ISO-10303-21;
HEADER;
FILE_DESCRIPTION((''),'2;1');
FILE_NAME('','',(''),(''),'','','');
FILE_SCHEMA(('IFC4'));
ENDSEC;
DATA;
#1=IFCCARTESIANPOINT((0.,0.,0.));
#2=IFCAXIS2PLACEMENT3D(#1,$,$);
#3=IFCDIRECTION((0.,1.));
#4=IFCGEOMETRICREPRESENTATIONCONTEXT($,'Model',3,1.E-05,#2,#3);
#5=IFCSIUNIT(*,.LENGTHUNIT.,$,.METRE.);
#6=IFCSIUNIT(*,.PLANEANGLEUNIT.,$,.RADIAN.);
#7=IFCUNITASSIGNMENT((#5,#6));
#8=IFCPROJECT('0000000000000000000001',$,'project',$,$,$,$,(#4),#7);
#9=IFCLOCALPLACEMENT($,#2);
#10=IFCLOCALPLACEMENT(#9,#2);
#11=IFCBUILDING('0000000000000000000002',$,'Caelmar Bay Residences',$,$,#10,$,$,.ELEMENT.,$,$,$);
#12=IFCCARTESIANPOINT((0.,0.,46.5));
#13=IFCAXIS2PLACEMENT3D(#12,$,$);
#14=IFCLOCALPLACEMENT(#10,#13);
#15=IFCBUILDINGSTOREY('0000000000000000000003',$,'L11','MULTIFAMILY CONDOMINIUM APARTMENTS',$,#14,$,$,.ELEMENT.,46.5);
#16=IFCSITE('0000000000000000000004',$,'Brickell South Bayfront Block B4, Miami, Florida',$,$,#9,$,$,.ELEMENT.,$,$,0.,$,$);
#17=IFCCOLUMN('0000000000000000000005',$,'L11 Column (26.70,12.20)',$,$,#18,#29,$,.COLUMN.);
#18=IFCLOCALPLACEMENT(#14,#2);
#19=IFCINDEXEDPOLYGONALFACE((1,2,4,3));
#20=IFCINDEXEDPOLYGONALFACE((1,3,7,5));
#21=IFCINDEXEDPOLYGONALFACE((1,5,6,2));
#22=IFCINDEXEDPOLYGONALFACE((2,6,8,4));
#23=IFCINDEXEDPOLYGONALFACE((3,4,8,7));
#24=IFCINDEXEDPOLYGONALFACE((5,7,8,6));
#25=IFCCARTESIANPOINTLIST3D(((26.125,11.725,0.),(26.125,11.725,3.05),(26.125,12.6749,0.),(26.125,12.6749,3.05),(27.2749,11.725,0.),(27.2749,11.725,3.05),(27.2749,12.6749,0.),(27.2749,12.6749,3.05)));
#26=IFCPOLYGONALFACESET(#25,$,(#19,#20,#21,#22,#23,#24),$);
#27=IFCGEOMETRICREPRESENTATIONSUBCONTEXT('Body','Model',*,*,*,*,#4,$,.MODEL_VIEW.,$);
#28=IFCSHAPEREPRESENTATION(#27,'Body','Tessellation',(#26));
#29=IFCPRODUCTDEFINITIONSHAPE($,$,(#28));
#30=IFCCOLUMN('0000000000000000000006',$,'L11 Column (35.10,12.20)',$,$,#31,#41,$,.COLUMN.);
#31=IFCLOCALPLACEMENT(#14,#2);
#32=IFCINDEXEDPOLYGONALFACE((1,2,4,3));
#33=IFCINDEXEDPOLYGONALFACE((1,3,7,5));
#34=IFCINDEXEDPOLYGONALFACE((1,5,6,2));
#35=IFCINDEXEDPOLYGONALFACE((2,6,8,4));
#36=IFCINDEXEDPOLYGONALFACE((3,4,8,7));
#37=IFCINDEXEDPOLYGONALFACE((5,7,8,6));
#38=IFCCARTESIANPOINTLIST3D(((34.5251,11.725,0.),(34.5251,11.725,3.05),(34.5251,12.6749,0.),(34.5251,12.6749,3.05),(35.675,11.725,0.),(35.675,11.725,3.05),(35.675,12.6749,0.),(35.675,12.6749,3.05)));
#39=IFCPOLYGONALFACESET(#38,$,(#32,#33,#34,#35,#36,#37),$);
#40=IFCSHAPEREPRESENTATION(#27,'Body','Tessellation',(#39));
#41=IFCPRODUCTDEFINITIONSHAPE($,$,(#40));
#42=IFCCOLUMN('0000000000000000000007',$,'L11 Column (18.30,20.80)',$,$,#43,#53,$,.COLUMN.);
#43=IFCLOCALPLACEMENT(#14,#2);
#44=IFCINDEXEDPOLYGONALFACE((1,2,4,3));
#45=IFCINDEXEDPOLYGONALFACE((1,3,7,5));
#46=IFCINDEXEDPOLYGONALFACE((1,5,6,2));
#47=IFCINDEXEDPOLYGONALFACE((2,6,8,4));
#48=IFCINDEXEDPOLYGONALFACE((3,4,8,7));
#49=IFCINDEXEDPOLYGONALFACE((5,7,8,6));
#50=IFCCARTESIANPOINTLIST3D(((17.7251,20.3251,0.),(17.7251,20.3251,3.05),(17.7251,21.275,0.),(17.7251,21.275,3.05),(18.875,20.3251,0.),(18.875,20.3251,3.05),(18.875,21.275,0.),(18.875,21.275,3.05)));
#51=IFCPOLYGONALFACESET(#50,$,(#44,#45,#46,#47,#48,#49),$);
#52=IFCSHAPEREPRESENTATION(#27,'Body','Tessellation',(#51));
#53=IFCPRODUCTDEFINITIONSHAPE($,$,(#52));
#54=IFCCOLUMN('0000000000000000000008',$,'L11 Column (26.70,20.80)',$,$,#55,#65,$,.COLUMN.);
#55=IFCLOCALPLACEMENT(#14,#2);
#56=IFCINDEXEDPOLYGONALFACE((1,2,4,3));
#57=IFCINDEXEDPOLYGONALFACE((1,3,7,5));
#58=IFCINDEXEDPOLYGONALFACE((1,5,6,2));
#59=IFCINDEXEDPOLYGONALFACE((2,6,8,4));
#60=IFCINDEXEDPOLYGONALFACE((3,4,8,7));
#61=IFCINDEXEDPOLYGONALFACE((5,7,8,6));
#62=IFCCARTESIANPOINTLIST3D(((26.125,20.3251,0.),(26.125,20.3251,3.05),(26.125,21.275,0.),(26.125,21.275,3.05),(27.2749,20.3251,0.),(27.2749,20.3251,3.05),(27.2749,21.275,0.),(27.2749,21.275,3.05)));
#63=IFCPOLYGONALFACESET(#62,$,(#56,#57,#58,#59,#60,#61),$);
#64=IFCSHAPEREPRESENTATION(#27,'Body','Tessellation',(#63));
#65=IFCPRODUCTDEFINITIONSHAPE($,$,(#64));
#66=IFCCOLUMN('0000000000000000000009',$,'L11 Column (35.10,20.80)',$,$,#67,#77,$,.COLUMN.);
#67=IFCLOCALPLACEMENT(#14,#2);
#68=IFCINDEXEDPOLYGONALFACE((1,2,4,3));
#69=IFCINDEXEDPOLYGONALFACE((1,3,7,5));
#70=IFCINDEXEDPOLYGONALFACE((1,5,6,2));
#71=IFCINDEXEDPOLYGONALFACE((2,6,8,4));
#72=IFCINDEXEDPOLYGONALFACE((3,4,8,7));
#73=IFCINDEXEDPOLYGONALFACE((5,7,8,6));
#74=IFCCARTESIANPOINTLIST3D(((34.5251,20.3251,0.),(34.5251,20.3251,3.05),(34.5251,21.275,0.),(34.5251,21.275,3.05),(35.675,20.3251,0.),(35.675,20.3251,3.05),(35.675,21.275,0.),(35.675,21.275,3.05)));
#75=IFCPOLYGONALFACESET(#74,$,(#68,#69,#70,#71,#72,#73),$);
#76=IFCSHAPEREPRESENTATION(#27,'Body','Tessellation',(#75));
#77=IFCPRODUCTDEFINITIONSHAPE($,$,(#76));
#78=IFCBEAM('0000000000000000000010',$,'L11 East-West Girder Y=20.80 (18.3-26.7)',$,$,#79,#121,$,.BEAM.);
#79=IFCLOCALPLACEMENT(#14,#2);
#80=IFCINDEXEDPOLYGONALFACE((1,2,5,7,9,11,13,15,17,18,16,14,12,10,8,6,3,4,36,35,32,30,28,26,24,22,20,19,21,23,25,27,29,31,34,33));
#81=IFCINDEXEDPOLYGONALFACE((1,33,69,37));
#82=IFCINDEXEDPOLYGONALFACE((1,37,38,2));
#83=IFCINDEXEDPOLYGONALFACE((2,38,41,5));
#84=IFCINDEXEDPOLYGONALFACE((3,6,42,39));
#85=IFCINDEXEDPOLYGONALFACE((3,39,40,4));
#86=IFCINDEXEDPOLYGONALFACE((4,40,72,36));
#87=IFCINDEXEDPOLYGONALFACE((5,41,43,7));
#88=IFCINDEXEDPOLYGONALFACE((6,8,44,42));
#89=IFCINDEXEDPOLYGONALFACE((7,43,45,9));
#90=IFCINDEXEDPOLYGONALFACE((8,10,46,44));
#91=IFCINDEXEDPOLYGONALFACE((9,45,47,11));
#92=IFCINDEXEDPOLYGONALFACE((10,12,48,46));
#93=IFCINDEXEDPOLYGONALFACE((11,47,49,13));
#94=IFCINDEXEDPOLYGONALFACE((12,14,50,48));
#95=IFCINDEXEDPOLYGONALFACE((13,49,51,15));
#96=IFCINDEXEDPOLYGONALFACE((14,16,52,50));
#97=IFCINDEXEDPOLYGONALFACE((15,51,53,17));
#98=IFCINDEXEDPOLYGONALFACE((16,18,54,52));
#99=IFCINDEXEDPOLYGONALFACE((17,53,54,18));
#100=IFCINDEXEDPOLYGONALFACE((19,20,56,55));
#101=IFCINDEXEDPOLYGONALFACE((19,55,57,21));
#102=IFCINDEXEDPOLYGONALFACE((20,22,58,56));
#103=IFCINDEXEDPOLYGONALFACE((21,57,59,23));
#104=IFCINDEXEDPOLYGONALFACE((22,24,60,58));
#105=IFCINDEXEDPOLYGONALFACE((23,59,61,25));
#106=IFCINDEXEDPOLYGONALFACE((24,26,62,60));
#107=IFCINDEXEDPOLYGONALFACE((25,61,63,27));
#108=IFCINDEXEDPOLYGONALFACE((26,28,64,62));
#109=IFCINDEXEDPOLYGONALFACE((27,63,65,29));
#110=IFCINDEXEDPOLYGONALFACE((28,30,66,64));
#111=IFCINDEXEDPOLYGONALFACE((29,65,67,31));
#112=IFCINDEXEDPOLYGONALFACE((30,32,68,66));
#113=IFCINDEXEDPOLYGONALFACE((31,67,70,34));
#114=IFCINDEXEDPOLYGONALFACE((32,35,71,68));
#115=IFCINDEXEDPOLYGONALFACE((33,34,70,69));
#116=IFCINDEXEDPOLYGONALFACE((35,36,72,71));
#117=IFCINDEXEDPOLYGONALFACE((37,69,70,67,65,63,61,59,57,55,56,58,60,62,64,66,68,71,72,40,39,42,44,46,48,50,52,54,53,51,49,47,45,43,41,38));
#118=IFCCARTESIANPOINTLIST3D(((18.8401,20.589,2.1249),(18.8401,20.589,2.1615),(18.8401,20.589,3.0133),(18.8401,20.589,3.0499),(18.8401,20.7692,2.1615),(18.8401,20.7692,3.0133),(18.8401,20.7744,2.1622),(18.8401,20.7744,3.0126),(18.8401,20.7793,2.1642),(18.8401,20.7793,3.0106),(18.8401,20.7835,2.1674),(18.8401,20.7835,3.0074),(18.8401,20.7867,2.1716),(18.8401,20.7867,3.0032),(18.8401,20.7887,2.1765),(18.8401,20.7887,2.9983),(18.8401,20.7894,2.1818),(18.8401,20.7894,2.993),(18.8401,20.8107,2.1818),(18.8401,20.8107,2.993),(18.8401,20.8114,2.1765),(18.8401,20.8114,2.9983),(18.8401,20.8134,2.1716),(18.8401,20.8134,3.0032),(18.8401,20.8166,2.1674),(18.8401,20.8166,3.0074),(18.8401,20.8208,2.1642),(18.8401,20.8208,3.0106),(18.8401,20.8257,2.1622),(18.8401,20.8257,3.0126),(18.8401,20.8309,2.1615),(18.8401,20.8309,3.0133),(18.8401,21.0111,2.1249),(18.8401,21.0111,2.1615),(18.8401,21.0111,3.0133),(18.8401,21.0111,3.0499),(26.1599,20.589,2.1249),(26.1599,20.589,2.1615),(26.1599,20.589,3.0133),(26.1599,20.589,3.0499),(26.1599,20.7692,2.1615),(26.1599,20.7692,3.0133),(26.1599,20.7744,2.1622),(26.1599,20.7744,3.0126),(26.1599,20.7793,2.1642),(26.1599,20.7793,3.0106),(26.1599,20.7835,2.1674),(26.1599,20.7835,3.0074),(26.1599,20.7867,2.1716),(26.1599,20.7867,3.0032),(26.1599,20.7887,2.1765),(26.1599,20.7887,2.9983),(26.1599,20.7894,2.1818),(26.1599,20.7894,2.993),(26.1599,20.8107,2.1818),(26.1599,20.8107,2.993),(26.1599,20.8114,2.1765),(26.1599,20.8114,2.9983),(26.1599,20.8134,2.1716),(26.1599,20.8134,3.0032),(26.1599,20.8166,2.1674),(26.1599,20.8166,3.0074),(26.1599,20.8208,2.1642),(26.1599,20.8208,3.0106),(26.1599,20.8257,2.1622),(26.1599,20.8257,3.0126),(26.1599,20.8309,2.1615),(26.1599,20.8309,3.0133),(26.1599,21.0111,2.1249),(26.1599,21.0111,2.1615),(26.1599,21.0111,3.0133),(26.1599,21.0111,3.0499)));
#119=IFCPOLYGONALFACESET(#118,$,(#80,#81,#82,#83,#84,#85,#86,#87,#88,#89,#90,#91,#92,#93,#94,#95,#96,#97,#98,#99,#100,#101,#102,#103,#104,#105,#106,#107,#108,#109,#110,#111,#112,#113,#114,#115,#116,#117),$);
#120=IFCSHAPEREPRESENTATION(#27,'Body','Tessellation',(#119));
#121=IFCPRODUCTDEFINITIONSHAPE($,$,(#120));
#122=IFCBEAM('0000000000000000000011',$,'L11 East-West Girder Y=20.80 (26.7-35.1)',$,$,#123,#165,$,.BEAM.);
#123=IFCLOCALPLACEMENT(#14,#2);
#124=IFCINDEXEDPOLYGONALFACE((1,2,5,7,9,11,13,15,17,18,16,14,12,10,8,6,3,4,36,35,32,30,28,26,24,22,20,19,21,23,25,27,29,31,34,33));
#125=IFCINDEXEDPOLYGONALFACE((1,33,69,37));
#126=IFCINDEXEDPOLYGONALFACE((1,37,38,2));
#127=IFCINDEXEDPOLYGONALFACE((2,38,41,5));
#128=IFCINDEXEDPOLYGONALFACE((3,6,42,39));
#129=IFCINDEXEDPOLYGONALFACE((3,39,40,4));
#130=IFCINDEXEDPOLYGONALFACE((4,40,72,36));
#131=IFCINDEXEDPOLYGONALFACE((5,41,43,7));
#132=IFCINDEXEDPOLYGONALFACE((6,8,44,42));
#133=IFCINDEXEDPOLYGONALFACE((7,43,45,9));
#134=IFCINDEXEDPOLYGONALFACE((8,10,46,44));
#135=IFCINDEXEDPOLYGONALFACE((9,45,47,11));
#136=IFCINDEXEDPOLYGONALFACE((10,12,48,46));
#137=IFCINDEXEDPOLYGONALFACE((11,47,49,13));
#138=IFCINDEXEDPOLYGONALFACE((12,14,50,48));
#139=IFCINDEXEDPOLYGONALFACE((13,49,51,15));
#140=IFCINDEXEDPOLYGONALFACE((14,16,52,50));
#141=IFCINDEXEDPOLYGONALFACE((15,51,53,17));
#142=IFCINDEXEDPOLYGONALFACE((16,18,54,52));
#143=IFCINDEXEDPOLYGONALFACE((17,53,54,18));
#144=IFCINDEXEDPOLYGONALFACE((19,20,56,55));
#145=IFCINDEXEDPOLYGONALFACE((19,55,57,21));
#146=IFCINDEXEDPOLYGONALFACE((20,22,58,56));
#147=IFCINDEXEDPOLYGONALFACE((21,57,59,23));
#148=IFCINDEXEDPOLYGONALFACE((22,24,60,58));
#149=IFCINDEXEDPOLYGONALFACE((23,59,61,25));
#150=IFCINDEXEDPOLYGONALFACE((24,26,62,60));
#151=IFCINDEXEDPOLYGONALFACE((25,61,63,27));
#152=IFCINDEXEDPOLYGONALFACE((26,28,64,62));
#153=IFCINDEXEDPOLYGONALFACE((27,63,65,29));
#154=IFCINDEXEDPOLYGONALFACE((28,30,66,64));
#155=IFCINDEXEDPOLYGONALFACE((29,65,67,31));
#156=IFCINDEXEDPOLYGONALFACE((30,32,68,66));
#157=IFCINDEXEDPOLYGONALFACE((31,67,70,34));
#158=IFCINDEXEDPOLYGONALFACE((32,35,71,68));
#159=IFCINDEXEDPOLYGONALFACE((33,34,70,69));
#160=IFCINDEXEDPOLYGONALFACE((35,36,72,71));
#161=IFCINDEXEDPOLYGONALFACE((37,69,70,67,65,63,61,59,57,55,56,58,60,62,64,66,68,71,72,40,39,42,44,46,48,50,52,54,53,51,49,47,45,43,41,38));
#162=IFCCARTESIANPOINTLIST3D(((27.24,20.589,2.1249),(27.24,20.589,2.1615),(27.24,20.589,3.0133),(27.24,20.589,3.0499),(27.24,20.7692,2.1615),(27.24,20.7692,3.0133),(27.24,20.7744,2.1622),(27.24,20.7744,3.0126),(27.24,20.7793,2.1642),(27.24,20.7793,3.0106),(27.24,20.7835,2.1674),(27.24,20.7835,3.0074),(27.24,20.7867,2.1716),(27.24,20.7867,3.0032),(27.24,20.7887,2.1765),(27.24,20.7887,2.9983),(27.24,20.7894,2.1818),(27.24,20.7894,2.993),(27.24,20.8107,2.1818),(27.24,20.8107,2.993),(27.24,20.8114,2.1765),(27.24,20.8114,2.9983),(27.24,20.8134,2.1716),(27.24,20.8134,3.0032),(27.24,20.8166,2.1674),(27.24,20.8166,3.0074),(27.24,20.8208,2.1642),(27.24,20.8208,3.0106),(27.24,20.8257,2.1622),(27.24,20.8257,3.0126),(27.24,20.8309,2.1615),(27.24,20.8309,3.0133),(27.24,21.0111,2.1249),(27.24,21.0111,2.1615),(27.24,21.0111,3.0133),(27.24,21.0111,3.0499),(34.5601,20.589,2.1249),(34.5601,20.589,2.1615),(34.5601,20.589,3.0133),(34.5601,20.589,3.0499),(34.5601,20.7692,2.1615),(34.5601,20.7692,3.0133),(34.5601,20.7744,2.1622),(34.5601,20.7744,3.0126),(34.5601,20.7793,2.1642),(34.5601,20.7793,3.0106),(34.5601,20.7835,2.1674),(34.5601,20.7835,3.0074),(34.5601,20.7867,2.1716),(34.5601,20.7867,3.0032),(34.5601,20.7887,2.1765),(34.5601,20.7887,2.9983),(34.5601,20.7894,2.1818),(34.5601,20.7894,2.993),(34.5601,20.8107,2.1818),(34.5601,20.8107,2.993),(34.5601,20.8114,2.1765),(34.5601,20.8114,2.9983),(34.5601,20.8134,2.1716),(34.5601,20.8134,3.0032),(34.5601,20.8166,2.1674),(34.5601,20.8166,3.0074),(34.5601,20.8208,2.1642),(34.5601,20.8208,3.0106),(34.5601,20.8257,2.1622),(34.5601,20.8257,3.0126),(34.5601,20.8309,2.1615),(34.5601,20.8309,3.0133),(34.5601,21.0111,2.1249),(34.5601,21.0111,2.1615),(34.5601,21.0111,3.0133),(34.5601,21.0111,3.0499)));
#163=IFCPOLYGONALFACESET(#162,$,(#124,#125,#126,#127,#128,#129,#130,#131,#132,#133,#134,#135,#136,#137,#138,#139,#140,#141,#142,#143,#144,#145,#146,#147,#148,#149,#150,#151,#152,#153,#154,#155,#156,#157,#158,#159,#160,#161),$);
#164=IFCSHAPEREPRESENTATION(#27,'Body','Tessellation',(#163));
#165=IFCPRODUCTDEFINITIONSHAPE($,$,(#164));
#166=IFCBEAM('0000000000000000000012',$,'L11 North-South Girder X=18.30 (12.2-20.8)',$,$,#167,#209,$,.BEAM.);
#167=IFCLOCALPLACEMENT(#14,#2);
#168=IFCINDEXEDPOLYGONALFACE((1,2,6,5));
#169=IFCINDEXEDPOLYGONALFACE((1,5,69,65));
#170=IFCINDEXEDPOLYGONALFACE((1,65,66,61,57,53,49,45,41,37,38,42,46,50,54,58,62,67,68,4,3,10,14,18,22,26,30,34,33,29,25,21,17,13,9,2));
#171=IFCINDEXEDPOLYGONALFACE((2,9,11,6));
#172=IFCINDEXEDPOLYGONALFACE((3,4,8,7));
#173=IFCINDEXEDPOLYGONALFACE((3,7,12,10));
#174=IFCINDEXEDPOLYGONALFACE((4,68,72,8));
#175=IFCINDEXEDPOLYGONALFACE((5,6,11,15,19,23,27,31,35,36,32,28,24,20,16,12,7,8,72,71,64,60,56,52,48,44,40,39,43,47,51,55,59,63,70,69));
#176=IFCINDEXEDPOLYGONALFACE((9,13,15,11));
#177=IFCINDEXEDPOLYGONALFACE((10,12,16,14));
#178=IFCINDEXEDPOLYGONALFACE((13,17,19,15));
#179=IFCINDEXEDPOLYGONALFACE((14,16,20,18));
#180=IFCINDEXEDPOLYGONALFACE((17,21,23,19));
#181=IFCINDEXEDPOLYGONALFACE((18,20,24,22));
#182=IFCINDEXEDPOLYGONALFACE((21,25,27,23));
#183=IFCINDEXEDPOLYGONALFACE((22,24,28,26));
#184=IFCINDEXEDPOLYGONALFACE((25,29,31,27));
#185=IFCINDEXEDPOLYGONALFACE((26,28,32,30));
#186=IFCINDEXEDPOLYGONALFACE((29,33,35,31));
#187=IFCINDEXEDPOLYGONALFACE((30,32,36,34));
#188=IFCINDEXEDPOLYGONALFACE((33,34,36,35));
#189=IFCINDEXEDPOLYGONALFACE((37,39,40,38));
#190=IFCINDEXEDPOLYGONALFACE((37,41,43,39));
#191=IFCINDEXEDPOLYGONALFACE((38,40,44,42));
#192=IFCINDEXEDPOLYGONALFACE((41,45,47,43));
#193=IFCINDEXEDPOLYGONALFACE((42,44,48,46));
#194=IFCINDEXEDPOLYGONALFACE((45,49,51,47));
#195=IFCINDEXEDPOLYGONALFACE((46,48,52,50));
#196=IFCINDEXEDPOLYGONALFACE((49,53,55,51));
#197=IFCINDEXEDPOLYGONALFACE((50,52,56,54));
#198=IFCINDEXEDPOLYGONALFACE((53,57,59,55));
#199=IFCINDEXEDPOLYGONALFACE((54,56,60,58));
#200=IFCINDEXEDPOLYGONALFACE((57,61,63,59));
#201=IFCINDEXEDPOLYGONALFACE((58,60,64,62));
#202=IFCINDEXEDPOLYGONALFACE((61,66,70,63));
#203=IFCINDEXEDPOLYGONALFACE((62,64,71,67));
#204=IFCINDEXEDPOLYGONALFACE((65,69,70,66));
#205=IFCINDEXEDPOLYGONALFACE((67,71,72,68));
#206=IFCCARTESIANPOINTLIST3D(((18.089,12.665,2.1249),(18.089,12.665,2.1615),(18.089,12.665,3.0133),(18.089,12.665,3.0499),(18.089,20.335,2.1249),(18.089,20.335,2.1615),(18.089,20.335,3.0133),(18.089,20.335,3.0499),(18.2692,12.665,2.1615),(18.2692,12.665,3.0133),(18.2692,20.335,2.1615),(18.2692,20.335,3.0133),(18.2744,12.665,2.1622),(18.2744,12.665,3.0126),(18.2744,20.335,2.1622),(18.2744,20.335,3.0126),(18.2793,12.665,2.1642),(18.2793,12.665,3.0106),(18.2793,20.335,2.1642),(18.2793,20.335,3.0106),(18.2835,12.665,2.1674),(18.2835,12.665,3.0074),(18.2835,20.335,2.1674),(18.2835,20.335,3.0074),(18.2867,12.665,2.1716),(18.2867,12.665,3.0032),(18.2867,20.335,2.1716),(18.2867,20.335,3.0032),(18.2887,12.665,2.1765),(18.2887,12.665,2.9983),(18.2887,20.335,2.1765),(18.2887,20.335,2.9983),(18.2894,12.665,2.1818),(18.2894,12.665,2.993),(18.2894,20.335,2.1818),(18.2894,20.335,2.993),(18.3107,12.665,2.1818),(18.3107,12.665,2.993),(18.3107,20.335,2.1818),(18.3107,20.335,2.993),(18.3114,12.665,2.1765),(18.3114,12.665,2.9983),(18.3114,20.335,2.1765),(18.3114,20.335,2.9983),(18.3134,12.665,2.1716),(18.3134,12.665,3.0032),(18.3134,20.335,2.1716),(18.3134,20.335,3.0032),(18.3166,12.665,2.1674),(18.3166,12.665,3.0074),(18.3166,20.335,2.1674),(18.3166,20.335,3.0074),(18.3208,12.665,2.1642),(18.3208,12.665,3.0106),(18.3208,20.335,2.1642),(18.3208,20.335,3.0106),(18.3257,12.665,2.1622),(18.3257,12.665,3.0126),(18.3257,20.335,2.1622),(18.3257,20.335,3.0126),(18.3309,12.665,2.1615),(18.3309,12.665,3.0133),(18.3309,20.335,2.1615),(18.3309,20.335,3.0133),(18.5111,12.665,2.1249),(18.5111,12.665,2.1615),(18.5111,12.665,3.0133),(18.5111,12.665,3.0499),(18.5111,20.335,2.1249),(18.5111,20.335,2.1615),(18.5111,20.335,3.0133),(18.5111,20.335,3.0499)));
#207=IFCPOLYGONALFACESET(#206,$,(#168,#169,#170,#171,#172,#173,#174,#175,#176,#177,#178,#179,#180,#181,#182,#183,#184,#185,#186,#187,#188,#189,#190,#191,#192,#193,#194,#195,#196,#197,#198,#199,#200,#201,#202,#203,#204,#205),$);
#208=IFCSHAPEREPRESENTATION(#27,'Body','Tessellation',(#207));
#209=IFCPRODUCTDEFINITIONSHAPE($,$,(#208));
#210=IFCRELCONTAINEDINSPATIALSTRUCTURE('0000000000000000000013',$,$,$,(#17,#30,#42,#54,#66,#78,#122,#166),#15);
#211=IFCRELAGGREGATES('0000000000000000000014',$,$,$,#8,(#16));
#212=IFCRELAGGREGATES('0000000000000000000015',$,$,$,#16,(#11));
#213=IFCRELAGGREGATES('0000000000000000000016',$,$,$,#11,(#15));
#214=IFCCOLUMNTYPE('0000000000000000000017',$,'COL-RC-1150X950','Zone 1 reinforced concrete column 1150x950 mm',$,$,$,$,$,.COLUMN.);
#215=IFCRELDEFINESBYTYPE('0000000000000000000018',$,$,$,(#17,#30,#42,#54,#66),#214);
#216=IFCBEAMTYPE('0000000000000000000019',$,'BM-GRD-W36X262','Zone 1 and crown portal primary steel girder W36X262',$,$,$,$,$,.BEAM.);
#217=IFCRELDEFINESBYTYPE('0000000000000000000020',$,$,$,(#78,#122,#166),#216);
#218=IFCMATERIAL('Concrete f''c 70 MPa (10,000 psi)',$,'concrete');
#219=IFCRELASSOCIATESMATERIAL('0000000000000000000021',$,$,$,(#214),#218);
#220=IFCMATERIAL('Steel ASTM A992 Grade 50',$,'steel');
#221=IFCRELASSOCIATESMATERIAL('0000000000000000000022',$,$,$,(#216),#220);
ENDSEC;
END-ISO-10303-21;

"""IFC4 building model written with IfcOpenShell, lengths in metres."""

from ifc_helpers import new_model, si_unit, direction, frame, origin, origin_2d, place, context, subcontext, project, spatial, rectangle, i_section, extrude, material, material_profile, profile_set, type_object, element, save


model = new_model("IFC4")

# Units and contexts
model_context = context("Model", 3, precision=1e-05, world=origin(), true_north=direction((0.0, 1.0)))
body_context = subcontext(model_context, "Body", "Model", "MODEL_VIEW")
ifc_project = project(units=[si_unit("LENGTHUNIT", "METRE"), si_unit("PLANEANGLEUNIT", "RADIAN")], contexts=[model_context])

# Site, building, storey
site_placement = place(None, origin())
site = spatial("IfcSite", under=ifc_project, at=site_placement, Name="Brickell South Bayfront Block B4, Miami, Florida", CompositionType="ELEMENT", RefElevation=0.0)
building_placement = place(site_placement, origin())
building = spatial("IfcBuilding", under=site, at=building_placement, Name="Caelmar Bay Residences", CompositionType="ELEMENT")
storey_placement = place(building_placement, frame((0.0, 0.0, 46.5)))
storey = spatial("IfcBuildingStorey", under=building, at=storey_placement, Name="L11", Description="MULTIFAMILY CONDOMINIUM APARTMENTS", CompositionType="ELEMENT", Elevation=46.5)

# Columns
ifc_material_1 = material(Name="Concrete f'c 70 MPa (10,000 psi)", Category="concrete")
ifc_material_profile_1 = material_profile(ifc_material_1, rectangle(XDim=1.1499, YDim=0.95, at=origin_2d()), Name="RC-COL-1150X950")
ifc_profile_set_1 = profile_set([ifc_material_profile_1], Name="Concrete f'c 70 MPa (10,000 psi)")
column_type = type_object("IfcColumnType", Name="COL-RC-1150X950", Description="Zone 1 reinforced concrete column 1150x950 mm", PredefinedType="COLUMN", material=ifc_profile_set_1)
for number, where, z_axis, x_axis, name in (
    (1, (26.7, 12.2, 0.0), (0.0, 0.0, 1.0), (1.0, 0.0, 0.0), "L11 Column (26.70,12.20)"),
    (2, (35.1001, 12.2, 0.0), (0.0, 0.0, 1.0), (1.0, 0.0, 0.0), "L11 Column (35.10,12.20)"),
    (3, (18.3, 20.8, 0.0), (0.0, 0.0, 1.0), (1.0, 0.0, 0.0), "L11 Column (18.30,20.80)"),
    (4, (26.7, 20.8, 0.0), (0.0, 0.0, 1.0), (1.0, 0.0, 0.0), "L11 Column (26.70,20.80)"),
    (5, (35.1001, 20.8, 0.0), (0.0, 0.0, 1.0), (1.0, 0.0, 0.0), "L11 Column (35.10,20.80)"),
):
    element("IfcColumn", number, at=place(storey_placement, frame(where, z_axis=z_axis, x_axis=x_axis)), inside=storey, type_object=column_type, Name=name, PredefinedType="COLUMN", context=body_context, shape_type="SweptSolid", body=[
        extrude(rectangle(XDim=1.1499, YDim=0.95, at=origin_2d()), origin(), (0.0, 0.0, 1.0), 3.05),
    ])

# Beams
ifc_material_2 = material(Name="Steel ASTM A992 Grade 50", Category="steel")
ifc_material_profile_2 = material_profile(ifc_material_2, i_section(OverallWidth=0.4221, OverallDepth=0.925, WebThickness=0.0212, FlangeThickness=0.0366, FilletRadius=0.0203, at=origin_2d()), Name="W36X262")
ifc_profile_set_2 = profile_set([ifc_material_profile_2], Name="Steel ASTM A992 Grade 50")
beam_type_1 = type_object("IfcBeamType", Name="BM-GRD-W36X262", Description="Zone 1 and crown portal primary steel girder W36X262", PredefinedType="BEAM", material=ifc_profile_set_2)
beam_1_placement = place(storey_placement, frame((18.8401, 20.8, 2.5874), z_axis=(1.0, 0.0, 0.0), x_axis=(0.0, 1.0, 0.0)))
element("IfcBeam", 6, at=beam_1_placement, inside=storey, type_object=beam_type_1, Name="L11 East-West Girder Y=20.80 (18.3-26.7)", PredefinedType="BEAM", context=body_context, shape_type="SweptSolid", body=[
    extrude(i_section(OverallWidth=0.4221, OverallDepth=0.925, WebThickness=0.0212, FlangeThickness=0.0366, FilletRadius=0.0203, at=origin_2d()), origin(), (0.0, 0.0, 1.0), 7.3198),
])
beam_2_placement = place(storey_placement, frame((27.24, 20.8, 2.5874), z_axis=(1.0, 0.0, 0.0), x_axis=(0.0, 1.0, 0.0)))
element("IfcBeam", 7, at=beam_2_placement, inside=storey, type_object=beam_type_1, Name="L11 East-West Girder Y=20.80 (26.7-35.1)", PredefinedType="BEAM", context=body_context, shape_type="SweptSolid", body=[
    extrude(i_section(OverallWidth=0.4221, OverallDepth=0.925, WebThickness=0.0212, FlangeThickness=0.0366, FilletRadius=0.0203, at=origin_2d()), origin(), (0.0, 0.0, 1.0), 7.3201),
])
beam_3_placement = place(storey_placement, frame((18.3, 12.665, 2.5874), z_axis=(0.0, 1.0, 0.0), x_axis=(-1.0, 0.0, 0.0)))
element("IfcBeam", 8, at=beam_3_placement, inside=storey, type_object=beam_type_1, Name="L11 North-South Girder X=18.30 (12.2-20.8)", PredefinedType="BEAM", context=body_context, shape_type="SweptSolid", body=[
    extrude(i_section(OverallWidth=0.4221, OverallDepth=0.925, WebThickness=0.0212, FlangeThickness=0.0366, FilletRadius=0.0203, at=origin_2d()), origin(), (0.0, 0.0, 1.0), 7.6699),
])

save(model, "model.ifc")
